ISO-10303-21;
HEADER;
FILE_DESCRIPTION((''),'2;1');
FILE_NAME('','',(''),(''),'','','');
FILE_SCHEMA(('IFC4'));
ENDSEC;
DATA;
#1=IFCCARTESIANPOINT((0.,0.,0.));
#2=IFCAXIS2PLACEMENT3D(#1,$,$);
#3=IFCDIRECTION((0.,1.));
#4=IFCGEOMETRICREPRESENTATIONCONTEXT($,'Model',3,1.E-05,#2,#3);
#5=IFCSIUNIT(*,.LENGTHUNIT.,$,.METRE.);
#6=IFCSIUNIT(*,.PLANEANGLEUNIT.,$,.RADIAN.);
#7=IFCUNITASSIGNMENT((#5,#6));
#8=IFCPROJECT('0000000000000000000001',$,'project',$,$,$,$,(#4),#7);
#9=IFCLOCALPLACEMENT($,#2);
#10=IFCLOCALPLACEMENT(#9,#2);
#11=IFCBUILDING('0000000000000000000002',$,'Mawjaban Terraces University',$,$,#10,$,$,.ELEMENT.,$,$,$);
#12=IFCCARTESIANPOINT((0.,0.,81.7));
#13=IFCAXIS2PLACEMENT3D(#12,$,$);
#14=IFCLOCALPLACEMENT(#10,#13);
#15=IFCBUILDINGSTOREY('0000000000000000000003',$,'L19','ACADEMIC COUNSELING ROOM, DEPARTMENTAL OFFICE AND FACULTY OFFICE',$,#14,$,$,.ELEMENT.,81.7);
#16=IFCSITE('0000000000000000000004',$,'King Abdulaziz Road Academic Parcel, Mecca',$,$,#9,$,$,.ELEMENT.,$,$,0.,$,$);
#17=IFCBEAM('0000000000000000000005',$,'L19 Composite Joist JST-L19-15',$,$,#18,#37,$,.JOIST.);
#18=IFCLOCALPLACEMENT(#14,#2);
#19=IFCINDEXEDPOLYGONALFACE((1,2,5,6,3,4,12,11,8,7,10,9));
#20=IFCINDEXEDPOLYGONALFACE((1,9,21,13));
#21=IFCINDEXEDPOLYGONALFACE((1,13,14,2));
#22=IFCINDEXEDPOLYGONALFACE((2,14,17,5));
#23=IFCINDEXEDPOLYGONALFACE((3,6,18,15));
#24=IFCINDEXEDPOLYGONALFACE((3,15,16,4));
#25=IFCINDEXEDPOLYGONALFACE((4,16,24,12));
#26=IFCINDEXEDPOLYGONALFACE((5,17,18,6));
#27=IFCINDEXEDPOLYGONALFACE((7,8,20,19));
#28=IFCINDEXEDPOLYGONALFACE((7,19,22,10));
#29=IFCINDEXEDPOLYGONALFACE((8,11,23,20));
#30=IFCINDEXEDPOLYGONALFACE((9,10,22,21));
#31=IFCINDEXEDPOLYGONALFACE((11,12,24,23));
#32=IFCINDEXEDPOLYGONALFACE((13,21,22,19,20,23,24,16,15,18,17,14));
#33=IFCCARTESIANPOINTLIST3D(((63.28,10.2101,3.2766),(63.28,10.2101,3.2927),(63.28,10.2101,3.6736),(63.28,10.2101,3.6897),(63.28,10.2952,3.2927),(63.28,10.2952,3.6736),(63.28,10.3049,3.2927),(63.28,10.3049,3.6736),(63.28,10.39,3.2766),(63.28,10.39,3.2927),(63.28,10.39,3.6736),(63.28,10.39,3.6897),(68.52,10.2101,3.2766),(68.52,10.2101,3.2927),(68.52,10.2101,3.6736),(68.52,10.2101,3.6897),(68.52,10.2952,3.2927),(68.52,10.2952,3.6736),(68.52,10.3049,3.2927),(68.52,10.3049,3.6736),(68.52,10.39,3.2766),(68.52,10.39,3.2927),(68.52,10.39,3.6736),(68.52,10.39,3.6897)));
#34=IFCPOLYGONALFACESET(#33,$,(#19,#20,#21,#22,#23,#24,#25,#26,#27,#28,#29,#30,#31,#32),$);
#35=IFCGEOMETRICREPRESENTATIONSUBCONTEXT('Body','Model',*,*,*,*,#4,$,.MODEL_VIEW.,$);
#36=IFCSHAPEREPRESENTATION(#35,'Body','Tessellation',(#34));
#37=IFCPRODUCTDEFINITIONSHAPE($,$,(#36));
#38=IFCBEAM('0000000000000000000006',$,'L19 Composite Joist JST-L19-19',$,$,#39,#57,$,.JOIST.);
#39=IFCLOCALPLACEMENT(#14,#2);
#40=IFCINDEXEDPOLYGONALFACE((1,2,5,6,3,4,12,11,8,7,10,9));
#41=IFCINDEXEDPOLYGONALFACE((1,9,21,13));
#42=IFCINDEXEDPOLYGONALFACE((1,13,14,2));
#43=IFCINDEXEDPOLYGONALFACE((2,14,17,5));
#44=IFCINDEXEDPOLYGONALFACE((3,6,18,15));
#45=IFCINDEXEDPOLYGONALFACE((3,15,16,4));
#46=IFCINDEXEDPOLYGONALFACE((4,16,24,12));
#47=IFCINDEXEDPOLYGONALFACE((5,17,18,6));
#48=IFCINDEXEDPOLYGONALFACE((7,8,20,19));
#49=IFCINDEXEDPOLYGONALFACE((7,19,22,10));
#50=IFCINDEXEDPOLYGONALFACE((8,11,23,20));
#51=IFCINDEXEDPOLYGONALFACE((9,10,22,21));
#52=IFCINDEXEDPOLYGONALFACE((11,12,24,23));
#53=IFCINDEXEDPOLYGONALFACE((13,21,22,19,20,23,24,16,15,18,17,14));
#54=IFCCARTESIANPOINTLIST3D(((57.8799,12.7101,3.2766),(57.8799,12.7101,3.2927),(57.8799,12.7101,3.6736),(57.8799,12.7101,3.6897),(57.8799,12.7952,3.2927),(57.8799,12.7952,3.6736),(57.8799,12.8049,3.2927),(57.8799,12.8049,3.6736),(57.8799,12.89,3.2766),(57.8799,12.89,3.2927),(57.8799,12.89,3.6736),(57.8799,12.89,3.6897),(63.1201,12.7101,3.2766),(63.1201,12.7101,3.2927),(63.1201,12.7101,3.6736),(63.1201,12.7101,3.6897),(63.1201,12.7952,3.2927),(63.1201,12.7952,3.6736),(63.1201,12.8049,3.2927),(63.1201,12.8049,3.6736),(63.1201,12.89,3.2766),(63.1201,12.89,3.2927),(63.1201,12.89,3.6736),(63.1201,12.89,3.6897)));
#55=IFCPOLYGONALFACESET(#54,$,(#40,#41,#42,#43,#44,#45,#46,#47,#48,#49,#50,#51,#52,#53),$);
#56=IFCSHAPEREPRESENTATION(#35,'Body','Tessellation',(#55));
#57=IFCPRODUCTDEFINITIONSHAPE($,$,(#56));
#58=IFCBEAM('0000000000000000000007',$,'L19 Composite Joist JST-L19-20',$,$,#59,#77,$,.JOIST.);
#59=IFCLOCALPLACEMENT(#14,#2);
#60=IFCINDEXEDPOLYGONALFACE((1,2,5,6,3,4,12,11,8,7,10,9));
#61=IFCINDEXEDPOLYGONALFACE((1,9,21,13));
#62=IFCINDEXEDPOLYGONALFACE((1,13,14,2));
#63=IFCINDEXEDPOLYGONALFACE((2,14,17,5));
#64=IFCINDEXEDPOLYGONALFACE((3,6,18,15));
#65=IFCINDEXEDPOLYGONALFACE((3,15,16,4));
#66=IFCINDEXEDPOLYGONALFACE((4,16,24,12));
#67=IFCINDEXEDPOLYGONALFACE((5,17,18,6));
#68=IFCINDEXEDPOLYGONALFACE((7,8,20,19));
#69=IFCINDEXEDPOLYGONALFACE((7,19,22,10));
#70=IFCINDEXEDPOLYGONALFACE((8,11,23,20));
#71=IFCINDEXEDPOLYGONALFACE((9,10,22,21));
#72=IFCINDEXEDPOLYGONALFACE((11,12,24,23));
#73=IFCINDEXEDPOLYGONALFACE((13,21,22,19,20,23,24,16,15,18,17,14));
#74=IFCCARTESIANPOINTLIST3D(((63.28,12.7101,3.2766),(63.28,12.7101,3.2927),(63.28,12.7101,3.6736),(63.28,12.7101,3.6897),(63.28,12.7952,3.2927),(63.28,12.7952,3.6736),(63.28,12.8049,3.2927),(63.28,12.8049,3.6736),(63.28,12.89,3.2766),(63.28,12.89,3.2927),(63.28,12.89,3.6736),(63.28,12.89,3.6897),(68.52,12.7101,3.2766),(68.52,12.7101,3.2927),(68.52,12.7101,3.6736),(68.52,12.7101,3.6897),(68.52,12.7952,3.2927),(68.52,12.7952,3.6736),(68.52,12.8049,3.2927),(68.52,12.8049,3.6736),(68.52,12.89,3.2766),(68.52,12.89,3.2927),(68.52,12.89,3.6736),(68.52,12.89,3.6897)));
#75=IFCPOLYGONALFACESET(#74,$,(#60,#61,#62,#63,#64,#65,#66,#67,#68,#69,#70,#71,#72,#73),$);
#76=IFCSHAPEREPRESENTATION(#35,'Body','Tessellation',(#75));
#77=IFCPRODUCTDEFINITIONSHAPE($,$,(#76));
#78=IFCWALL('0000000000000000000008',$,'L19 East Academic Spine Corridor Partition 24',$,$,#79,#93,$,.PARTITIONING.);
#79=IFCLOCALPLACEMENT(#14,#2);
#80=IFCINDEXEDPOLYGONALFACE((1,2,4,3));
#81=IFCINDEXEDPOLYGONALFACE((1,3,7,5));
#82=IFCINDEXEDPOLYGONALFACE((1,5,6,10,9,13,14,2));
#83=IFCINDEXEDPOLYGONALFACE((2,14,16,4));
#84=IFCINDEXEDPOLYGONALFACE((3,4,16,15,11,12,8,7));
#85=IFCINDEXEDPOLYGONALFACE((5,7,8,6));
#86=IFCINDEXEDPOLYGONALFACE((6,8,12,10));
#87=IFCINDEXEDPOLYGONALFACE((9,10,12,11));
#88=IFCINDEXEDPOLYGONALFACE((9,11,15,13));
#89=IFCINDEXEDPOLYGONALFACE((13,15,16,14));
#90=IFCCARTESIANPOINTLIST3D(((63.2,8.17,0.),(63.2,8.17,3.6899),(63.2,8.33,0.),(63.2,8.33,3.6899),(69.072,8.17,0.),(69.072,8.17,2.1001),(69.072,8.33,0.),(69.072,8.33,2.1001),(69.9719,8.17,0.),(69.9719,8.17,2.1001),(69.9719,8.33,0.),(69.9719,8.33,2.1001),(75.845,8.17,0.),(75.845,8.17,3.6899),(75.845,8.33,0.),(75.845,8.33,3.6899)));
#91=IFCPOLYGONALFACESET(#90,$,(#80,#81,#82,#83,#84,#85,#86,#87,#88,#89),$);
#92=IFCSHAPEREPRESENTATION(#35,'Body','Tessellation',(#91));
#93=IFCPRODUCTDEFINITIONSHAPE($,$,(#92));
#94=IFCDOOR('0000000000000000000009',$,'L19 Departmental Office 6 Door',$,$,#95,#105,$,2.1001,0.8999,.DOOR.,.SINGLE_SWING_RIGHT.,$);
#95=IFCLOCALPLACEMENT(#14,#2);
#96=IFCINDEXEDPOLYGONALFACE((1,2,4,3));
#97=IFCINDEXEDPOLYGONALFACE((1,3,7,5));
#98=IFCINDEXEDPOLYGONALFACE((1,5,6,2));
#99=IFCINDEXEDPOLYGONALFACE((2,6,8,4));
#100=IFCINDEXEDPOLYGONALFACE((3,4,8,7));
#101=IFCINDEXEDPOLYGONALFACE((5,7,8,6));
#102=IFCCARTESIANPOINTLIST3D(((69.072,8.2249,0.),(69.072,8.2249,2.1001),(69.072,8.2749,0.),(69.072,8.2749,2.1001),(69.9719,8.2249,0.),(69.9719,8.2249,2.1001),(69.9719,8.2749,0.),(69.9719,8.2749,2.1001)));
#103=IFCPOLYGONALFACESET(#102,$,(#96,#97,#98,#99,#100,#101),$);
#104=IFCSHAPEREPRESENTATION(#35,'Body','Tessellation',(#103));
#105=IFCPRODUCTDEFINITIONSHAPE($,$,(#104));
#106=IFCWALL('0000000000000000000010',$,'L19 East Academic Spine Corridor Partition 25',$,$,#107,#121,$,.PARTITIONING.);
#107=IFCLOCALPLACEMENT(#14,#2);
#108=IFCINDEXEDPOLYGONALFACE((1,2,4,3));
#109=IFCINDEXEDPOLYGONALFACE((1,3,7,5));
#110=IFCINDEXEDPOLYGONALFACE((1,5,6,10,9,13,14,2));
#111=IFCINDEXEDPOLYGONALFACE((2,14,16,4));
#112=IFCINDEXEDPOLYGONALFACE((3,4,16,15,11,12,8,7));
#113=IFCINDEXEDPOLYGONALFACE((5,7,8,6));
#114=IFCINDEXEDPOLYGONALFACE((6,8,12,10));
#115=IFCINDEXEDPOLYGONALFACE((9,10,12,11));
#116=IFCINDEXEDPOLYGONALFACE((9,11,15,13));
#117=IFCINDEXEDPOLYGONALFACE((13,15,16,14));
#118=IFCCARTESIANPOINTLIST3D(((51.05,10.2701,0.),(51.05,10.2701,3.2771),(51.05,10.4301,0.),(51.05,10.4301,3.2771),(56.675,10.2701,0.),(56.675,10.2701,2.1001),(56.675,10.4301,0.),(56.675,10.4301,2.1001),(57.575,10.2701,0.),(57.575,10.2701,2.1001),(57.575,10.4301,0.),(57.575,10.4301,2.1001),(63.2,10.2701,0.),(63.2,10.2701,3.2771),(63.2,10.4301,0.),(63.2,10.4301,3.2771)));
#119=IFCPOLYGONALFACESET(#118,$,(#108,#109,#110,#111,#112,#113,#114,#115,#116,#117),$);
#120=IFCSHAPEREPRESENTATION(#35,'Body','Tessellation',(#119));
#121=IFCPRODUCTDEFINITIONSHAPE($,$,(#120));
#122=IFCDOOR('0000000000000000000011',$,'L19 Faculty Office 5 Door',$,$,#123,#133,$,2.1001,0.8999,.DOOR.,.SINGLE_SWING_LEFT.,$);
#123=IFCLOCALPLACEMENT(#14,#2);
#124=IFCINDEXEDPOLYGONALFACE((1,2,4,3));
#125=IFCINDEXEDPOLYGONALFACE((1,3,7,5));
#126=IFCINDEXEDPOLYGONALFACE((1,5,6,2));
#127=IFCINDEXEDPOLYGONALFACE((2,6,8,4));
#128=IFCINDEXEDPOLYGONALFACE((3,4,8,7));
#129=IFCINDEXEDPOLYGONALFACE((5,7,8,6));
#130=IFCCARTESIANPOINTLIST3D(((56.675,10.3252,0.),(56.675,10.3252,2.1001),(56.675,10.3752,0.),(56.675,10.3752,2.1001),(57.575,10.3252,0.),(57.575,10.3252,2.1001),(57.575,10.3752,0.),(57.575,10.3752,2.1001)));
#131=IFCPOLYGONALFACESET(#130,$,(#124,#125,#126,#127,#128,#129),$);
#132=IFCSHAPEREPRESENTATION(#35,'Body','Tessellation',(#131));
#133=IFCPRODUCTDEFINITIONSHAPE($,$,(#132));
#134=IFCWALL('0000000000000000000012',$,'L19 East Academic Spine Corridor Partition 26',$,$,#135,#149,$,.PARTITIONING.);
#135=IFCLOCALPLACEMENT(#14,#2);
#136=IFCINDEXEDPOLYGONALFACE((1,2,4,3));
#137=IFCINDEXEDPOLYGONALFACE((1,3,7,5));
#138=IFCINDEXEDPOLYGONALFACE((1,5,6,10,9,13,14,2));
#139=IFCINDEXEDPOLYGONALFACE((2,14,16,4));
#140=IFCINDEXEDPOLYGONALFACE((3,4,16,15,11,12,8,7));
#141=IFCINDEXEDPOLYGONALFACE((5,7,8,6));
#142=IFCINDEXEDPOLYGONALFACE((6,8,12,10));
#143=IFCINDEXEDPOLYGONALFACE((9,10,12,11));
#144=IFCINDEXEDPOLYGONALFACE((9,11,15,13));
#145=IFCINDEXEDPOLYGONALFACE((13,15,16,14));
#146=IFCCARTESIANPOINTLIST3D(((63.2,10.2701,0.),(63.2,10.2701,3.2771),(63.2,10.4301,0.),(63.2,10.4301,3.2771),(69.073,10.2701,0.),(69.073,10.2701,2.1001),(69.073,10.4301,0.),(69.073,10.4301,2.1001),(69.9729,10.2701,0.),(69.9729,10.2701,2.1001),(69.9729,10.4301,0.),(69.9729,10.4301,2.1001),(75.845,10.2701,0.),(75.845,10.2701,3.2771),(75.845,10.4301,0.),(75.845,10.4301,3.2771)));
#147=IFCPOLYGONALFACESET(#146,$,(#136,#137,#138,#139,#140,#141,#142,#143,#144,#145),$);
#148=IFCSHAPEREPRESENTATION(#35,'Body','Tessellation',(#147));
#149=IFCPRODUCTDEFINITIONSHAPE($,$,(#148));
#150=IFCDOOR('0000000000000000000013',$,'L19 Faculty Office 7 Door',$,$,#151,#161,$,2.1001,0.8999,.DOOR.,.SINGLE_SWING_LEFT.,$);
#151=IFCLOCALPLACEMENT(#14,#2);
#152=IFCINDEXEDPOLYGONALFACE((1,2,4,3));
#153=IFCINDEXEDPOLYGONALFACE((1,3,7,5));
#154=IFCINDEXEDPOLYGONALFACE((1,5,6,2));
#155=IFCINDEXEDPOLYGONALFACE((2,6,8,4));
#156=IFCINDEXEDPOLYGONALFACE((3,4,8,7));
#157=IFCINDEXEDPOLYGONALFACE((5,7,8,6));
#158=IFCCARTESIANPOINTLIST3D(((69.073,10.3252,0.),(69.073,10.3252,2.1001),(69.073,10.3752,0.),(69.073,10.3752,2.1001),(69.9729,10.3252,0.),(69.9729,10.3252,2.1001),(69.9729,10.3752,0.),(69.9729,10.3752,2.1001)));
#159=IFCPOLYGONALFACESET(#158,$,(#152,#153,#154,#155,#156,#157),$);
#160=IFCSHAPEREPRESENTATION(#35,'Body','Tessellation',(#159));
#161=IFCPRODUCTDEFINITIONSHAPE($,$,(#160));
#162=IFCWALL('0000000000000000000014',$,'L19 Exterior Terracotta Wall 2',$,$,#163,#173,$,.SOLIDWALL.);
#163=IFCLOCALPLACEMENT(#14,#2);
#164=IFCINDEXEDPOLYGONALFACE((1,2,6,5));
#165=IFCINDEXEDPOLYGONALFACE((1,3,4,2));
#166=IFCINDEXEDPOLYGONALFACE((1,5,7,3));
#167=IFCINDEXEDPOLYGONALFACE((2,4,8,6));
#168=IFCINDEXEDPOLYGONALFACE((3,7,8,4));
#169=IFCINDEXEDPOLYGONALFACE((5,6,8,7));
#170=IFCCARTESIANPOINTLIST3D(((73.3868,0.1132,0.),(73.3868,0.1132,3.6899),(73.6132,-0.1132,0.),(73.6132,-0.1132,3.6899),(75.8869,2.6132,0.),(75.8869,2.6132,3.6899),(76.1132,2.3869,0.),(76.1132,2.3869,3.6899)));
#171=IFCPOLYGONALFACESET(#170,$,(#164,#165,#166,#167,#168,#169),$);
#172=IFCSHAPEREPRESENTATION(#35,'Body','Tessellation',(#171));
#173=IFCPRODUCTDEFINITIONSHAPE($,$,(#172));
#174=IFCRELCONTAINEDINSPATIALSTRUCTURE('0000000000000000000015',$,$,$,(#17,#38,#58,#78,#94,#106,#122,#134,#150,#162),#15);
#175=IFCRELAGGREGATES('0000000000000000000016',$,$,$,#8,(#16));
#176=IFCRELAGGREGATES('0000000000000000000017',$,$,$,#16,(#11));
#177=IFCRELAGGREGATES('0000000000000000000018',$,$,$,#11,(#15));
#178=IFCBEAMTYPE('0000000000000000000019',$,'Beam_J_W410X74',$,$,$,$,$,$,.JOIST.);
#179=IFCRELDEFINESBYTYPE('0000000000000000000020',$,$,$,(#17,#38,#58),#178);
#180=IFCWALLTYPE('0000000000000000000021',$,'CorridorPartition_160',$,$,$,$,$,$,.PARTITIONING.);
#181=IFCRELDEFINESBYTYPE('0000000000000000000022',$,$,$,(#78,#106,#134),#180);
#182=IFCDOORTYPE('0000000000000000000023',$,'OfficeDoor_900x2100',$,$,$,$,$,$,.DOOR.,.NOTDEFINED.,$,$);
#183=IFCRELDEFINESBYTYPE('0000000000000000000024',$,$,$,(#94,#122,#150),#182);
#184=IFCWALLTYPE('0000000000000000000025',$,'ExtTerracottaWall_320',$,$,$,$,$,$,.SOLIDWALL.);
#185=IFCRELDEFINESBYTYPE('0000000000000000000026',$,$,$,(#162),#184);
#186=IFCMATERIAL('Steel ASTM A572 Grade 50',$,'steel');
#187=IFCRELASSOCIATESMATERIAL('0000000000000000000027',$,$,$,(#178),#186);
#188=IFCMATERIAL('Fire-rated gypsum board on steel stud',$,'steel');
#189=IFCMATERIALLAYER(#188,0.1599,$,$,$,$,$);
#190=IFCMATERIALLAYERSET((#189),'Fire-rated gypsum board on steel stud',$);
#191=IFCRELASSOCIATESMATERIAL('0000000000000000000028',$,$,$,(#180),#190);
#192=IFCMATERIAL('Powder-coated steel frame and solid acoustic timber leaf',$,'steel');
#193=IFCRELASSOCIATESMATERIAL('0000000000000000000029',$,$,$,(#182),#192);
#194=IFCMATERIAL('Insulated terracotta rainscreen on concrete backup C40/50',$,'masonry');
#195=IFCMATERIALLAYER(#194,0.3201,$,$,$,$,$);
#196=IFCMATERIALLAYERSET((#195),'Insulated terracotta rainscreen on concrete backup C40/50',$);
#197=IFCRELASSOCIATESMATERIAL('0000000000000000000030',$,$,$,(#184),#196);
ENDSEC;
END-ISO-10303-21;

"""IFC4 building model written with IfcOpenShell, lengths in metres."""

from ifc_helpers import new_model, si_unit, direction, frame, frame_2d, origin, origin_2d, place, context, subcontext, project, spatial, rectangle, i_section, extrude, material, layer, layer_set, material_profile, profile_set, type_object, element, fill, save


model = new_model("IFC4")

# Units and contexts
model_context = context("Model", 3, precision=1e-05, world=origin(), true_north=direction((0.0, 1.0)))
body_context = subcontext(model_context, "Body", "Model", "MODEL_VIEW")
ifc_project = project(units=[si_unit("LENGTHUNIT", "METRE"), si_unit("PLANEANGLEUNIT", "RADIAN")], contexts=[model_context])

# Site, building, storey
site_placement = place(None, origin())
site = spatial("IfcSite", under=ifc_project, at=site_placement, Name="King Abdulaziz Road Academic Parcel, Mecca", CompositionType="ELEMENT", RefElevation=0.0)
building_placement = place(site_placement, origin())
building = spatial("IfcBuilding", under=site, at=building_placement, Name="Mawjaban Terraces University", CompositionType="ELEMENT")
storey_placement = place(building_placement, frame((0.0, 0.0, 81.7)))
storey = spatial("IfcBuildingStorey", under=building, at=storey_placement, Name="L19", Description="ACADEMIC COUNSELING ROOM, DEPARTMENTAL OFFICE AND FACULTY OFFICE", CompositionType="ELEMENT", Elevation=81.7)

# Beams
ifc_material_1 = material(Name="Steel ASTM A572 Grade 50", Category="steel")
ifc_material_profile_1 = material_profile(ifc_material_1, i_section(OverallWidth=0.1799, OverallDepth=0.4131, WebThickness=0.0098, FlangeThickness=0.0161, at=origin_2d()), Name="W410X74")
ifc_profile_set_1 = profile_set([ifc_material_profile_1], Name="Steel ASTM A572 Grade 50")
beam_type_1 = type_object("IfcBeamType", Name="Beam_J_W410X74", PredefinedType="JOIST", material=ifc_profile_set_1)
beam_1_placement = place(storey_placement, frame((63.28, 10.3, 3.4832), z_axis=(1.0, 0.0, 0.0), x_axis=(0.0, 1.0, 0.0)))
element("IfcBeam", 1, at=beam_1_placement, inside=storey, type_object=beam_type_1, Name="L19 Composite Joist JST-L19-15", PredefinedType="JOIST", context=body_context, shape_type="SweptSolid", body=[
    extrude(i_section(OverallWidth=0.1799, OverallDepth=0.4131, WebThickness=0.0098, FlangeThickness=0.0161, at=origin_2d()), origin(), (0.0, 0.0, 1.0), 5.24),
])
beam_2_placement = place(storey_placement, frame((57.8799, 12.8, 3.4832), z_axis=(1.0, 0.0, 0.0), x_axis=(0.0, 1.0, 0.0)))
element("IfcBeam", 2, at=beam_2_placement, inside=storey, type_object=beam_type_1, Name="L19 Composite Joist JST-L19-19", PredefinedType="JOIST", context=body_context, shape_type="SweptSolid", body=[
    extrude(i_section(OverallWidth=0.1799, OverallDepth=0.4131, WebThickness=0.0098, FlangeThickness=0.0161, at=origin_2d()), origin(), (0.0, 0.0, 1.0), 5.2402),
])
beam_3_placement = place(storey_placement, frame((63.28, 12.8, 3.4832), z_axis=(1.0, 0.0, 0.0), x_axis=(0.0, 1.0, 0.0)))
element("IfcBeam", 3, at=beam_3_placement, inside=storey, type_object=beam_type_1, Name="L19 Composite Joist JST-L19-20", PredefinedType="JOIST", context=body_context, shape_type="SweptSolid", body=[
    extrude(i_section(OverallWidth=0.1799, OverallDepth=0.4131, WebThickness=0.0098, FlangeThickness=0.0161, at=origin_2d()), origin(), (0.0, 0.0, 1.0), 5.24),
])

# Walls, openings, doors
ifc_material_2 = material(Name="Fire-rated gypsum board on steel stud", Category="steel")
ifc_layer_1 = layer(ifc_material_2, 0.1599)
ifc_layer_set_1 = layer_set([ifc_layer_1], Name="Fire-rated gypsum board on steel stud")
wall_type_1 = type_object("IfcWallType", Name="CorridorPartition_160", PredefinedType="PARTITIONING", material=ifc_layer_set_1)
wall_1_placement = place(storey_placement, frame((63.2, 8.25, 0.0), z_axis=(0.0, 0.0, 1.0), x_axis=(1.0, 0.0, 0.0)))
wall_1 = element("IfcWall", 4, at=wall_1_placement, inside=storey, type_object=wall_type_1, Name="L19 East Academic Spine Corridor Partition 24", PredefinedType="PARTITIONING", context=body_context, shape_type="SweptSolid", body=[
    extrude(rectangle(XDim=12.645, YDim=0.1599, at=frame_2d((6.3225, 0.0))), origin(), (0.0, 0.0, 1.0), 3.6899),
])
opening_1_placement = place(wall_1_placement, frame((5.8721, 0.0, 0.0)))
opening_1 = element("IfcOpeningElement", 5, at=opening_1_placement, cuts=wall_1, PredefinedType="OPENING", context=body_context, shape_type="SweptSolid", body=[
    extrude(rectangle(XDim=0.8999, YDim=2.1001, at=frame_2d((0.45, 1.05))), frame((0.0, 0.0898, 0.0), z_axis=(0.0, -1.0, 0.0), x_axis=(1.0, 0.0, 0.0)), (0.0, 0.0, 1.0), 0.1799),
])
ifc_material_3 = material(Name="Powder-coated steel frame and solid acoustic timber leaf", Category="steel")
door_type = type_object("IfcDoorType", Name="OfficeDoor_900x2100", OperationType="NOTDEFINED", PredefinedType="DOOR", material=ifc_material_3)
door_1_placement = place(opening_1_placement, origin())
door_1 = element("IfcDoor", 6, at=door_1_placement, inside=storey, type_object=door_type, Name="L19 Departmental Office 6 Door", OperationType="SINGLE_SWING_RIGHT", OverallHeight=2.1001, OverallWidth=0.8999, PredefinedType="DOOR", context=body_context, shape_type="SweptSolid", body=[
    extrude(rectangle(XDim=0.8999, YDim=2.1001, at=frame_2d((0.45, 1.05))), frame((0.0, 0.0249, 0.0), z_axis=(0.0, -1.0, 0.0), x_axis=(1.0, 0.0, 0.0)), (0.0, 0.0, 1.0), 0.05),
])
fill(opening_1, door_1)
wall_2_placement = place(storey_placement, frame((63.2, 10.3501, 0.0), z_axis=(0.0, 0.0, 1.0), x_axis=(-1.0, 0.0, 0.0)))
wall_2 = element("IfcWall", 7, at=wall_2_placement, inside=storey, type_object=wall_type_1, Name="L19 East Academic Spine Corridor Partition 25", PredefinedType="PARTITIONING", context=body_context, shape_type="SweptSolid", body=[
    extrude(rectangle(XDim=12.1499, YDim=0.1599, at=frame_2d((6.075, 0.0))), origin(), (0.0, 0.0, 1.0), 3.2771),
])
opening_2_placement = place(wall_2_placement, frame((5.625, 0.0, 0.0)))
opening_2 = element("IfcOpeningElement", 8, at=opening_2_placement, cuts=wall_2, PredefinedType="OPENING", context=body_context, shape_type="SweptSolid", body=[
    extrude(rectangle(XDim=0.8999, YDim=2.1001, at=frame_2d((0.45, 1.05))), frame((0.0, 0.0898, 0.0), z_axis=(0.0, -1.0, 0.0), x_axis=(1.0, 0.0, 0.0)), (0.0, 0.0, 1.0), 0.1799),
])
door_2_placement = place(opening_2_placement, origin())
door_2 = element("IfcDoor", 9, at=door_2_placement, inside=storey, type_object=door_type, Name="L19 Faculty Office 5 Door", OperationType="SINGLE_SWING_LEFT", OverallHeight=2.1001, OverallWidth=0.8999, PredefinedType="DOOR", context=body_context, shape_type="SweptSolid", body=[
    extrude(rectangle(XDim=0.8999, YDim=2.1001, at=frame_2d((0.45, 1.05))), frame((0.0, 0.0249, 0.0), z_axis=(0.0, -1.0, 0.0), x_axis=(1.0, 0.0, 0.0)), (0.0, 0.0, 1.0), 0.05),
])
fill(opening_2, door_2)
wall_3_placement = place(storey_placement, frame((75.845, 10.3501, 0.0), z_axis=(0.0, 0.0, 1.0), x_axis=(-1.0, 0.0, 0.0)))
wall_3 = element("IfcWall", 10, at=wall_3_placement, inside=storey, type_object=wall_type_1, Name="L19 East Academic Spine Corridor Partition 26", PredefinedType="PARTITIONING", context=body_context, shape_type="SweptSolid", body=[
    extrude(rectangle(XDim=12.645, YDim=0.1599, at=frame_2d((6.3225, 0.0))), origin(), (0.0, 0.0, 1.0), 3.2771),
])
opening_3_placement = place(wall_3_placement, frame((5.8721, 0.0, 0.0)))
opening_3 = element("IfcOpeningElement", 11, at=opening_3_placement, cuts=wall_3, PredefinedType="OPENING", context=body_context, shape_type="SweptSolid", body=[
    extrude(rectangle(XDim=0.8999, YDim=2.1001, at=frame_2d((0.45, 1.05))), frame((0.0, 0.0898, 0.0), z_axis=(0.0, -1.0, 0.0), x_axis=(1.0, 0.0, 0.0)), (0.0, 0.0, 1.0), 0.1799),
])
door_3_placement = place(opening_3_placement, origin())
door_3 = element("IfcDoor", 12, at=door_3_placement, inside=storey, type_object=door_type, Name="L19 Faculty Office 7 Door", OperationType="SINGLE_SWING_LEFT", OverallHeight=2.1001, OverallWidth=0.8999, PredefinedType="DOOR", context=body_context, shape_type="SweptSolid", body=[
    extrude(rectangle(XDim=0.8999, YDim=2.1001, at=frame_2d((0.45, 1.05))), frame((0.0, 0.0249, 0.0), z_axis=(0.0, -1.0, 0.0), x_axis=(1.0, 0.0, 0.0)), (0.0, 0.0, 1.0), 0.05),
])
fill(opening_3, door_3)

# Wall
ifc_material_4 = material(Name="Insulated terracotta rainscreen on concrete backup C40/50", Category="masonry")
ifc_layer_2 = layer(ifc_material_4, 0.3201)
ifc_layer_set_2 = layer_set([ifc_layer_2], Name="Insulated terracotta rainscreen on concrete backup C40/50")
wall_type_2 = type_object("IfcWallType", Name="ExtTerracottaWall_320", PredefinedType="SOLIDWALL", material=ifc_layer_set_2)
wall_4_placement = place(storey_placement, frame((73.5, 0.0, 0.0), z_axis=(0.0, 0.0, 1.0), x_axis=(0.707107, 0.707107, 0.0)))
element("IfcWall", 13, at=wall_4_placement, inside=storey, type_object=wall_type_2, Name="L19 Exterior Terracotta Wall 2", PredefinedType="SOLIDWALL", context=body_context, shape_type="SweptSolid", body=[
    extrude(rectangle(XDim=3.5356, YDim=0.3201, at=frame_2d((1.7678, 0.0))), origin(), (0.0, 0.0, 1.0), 3.6899),
])

save(model, "model.ifc")
